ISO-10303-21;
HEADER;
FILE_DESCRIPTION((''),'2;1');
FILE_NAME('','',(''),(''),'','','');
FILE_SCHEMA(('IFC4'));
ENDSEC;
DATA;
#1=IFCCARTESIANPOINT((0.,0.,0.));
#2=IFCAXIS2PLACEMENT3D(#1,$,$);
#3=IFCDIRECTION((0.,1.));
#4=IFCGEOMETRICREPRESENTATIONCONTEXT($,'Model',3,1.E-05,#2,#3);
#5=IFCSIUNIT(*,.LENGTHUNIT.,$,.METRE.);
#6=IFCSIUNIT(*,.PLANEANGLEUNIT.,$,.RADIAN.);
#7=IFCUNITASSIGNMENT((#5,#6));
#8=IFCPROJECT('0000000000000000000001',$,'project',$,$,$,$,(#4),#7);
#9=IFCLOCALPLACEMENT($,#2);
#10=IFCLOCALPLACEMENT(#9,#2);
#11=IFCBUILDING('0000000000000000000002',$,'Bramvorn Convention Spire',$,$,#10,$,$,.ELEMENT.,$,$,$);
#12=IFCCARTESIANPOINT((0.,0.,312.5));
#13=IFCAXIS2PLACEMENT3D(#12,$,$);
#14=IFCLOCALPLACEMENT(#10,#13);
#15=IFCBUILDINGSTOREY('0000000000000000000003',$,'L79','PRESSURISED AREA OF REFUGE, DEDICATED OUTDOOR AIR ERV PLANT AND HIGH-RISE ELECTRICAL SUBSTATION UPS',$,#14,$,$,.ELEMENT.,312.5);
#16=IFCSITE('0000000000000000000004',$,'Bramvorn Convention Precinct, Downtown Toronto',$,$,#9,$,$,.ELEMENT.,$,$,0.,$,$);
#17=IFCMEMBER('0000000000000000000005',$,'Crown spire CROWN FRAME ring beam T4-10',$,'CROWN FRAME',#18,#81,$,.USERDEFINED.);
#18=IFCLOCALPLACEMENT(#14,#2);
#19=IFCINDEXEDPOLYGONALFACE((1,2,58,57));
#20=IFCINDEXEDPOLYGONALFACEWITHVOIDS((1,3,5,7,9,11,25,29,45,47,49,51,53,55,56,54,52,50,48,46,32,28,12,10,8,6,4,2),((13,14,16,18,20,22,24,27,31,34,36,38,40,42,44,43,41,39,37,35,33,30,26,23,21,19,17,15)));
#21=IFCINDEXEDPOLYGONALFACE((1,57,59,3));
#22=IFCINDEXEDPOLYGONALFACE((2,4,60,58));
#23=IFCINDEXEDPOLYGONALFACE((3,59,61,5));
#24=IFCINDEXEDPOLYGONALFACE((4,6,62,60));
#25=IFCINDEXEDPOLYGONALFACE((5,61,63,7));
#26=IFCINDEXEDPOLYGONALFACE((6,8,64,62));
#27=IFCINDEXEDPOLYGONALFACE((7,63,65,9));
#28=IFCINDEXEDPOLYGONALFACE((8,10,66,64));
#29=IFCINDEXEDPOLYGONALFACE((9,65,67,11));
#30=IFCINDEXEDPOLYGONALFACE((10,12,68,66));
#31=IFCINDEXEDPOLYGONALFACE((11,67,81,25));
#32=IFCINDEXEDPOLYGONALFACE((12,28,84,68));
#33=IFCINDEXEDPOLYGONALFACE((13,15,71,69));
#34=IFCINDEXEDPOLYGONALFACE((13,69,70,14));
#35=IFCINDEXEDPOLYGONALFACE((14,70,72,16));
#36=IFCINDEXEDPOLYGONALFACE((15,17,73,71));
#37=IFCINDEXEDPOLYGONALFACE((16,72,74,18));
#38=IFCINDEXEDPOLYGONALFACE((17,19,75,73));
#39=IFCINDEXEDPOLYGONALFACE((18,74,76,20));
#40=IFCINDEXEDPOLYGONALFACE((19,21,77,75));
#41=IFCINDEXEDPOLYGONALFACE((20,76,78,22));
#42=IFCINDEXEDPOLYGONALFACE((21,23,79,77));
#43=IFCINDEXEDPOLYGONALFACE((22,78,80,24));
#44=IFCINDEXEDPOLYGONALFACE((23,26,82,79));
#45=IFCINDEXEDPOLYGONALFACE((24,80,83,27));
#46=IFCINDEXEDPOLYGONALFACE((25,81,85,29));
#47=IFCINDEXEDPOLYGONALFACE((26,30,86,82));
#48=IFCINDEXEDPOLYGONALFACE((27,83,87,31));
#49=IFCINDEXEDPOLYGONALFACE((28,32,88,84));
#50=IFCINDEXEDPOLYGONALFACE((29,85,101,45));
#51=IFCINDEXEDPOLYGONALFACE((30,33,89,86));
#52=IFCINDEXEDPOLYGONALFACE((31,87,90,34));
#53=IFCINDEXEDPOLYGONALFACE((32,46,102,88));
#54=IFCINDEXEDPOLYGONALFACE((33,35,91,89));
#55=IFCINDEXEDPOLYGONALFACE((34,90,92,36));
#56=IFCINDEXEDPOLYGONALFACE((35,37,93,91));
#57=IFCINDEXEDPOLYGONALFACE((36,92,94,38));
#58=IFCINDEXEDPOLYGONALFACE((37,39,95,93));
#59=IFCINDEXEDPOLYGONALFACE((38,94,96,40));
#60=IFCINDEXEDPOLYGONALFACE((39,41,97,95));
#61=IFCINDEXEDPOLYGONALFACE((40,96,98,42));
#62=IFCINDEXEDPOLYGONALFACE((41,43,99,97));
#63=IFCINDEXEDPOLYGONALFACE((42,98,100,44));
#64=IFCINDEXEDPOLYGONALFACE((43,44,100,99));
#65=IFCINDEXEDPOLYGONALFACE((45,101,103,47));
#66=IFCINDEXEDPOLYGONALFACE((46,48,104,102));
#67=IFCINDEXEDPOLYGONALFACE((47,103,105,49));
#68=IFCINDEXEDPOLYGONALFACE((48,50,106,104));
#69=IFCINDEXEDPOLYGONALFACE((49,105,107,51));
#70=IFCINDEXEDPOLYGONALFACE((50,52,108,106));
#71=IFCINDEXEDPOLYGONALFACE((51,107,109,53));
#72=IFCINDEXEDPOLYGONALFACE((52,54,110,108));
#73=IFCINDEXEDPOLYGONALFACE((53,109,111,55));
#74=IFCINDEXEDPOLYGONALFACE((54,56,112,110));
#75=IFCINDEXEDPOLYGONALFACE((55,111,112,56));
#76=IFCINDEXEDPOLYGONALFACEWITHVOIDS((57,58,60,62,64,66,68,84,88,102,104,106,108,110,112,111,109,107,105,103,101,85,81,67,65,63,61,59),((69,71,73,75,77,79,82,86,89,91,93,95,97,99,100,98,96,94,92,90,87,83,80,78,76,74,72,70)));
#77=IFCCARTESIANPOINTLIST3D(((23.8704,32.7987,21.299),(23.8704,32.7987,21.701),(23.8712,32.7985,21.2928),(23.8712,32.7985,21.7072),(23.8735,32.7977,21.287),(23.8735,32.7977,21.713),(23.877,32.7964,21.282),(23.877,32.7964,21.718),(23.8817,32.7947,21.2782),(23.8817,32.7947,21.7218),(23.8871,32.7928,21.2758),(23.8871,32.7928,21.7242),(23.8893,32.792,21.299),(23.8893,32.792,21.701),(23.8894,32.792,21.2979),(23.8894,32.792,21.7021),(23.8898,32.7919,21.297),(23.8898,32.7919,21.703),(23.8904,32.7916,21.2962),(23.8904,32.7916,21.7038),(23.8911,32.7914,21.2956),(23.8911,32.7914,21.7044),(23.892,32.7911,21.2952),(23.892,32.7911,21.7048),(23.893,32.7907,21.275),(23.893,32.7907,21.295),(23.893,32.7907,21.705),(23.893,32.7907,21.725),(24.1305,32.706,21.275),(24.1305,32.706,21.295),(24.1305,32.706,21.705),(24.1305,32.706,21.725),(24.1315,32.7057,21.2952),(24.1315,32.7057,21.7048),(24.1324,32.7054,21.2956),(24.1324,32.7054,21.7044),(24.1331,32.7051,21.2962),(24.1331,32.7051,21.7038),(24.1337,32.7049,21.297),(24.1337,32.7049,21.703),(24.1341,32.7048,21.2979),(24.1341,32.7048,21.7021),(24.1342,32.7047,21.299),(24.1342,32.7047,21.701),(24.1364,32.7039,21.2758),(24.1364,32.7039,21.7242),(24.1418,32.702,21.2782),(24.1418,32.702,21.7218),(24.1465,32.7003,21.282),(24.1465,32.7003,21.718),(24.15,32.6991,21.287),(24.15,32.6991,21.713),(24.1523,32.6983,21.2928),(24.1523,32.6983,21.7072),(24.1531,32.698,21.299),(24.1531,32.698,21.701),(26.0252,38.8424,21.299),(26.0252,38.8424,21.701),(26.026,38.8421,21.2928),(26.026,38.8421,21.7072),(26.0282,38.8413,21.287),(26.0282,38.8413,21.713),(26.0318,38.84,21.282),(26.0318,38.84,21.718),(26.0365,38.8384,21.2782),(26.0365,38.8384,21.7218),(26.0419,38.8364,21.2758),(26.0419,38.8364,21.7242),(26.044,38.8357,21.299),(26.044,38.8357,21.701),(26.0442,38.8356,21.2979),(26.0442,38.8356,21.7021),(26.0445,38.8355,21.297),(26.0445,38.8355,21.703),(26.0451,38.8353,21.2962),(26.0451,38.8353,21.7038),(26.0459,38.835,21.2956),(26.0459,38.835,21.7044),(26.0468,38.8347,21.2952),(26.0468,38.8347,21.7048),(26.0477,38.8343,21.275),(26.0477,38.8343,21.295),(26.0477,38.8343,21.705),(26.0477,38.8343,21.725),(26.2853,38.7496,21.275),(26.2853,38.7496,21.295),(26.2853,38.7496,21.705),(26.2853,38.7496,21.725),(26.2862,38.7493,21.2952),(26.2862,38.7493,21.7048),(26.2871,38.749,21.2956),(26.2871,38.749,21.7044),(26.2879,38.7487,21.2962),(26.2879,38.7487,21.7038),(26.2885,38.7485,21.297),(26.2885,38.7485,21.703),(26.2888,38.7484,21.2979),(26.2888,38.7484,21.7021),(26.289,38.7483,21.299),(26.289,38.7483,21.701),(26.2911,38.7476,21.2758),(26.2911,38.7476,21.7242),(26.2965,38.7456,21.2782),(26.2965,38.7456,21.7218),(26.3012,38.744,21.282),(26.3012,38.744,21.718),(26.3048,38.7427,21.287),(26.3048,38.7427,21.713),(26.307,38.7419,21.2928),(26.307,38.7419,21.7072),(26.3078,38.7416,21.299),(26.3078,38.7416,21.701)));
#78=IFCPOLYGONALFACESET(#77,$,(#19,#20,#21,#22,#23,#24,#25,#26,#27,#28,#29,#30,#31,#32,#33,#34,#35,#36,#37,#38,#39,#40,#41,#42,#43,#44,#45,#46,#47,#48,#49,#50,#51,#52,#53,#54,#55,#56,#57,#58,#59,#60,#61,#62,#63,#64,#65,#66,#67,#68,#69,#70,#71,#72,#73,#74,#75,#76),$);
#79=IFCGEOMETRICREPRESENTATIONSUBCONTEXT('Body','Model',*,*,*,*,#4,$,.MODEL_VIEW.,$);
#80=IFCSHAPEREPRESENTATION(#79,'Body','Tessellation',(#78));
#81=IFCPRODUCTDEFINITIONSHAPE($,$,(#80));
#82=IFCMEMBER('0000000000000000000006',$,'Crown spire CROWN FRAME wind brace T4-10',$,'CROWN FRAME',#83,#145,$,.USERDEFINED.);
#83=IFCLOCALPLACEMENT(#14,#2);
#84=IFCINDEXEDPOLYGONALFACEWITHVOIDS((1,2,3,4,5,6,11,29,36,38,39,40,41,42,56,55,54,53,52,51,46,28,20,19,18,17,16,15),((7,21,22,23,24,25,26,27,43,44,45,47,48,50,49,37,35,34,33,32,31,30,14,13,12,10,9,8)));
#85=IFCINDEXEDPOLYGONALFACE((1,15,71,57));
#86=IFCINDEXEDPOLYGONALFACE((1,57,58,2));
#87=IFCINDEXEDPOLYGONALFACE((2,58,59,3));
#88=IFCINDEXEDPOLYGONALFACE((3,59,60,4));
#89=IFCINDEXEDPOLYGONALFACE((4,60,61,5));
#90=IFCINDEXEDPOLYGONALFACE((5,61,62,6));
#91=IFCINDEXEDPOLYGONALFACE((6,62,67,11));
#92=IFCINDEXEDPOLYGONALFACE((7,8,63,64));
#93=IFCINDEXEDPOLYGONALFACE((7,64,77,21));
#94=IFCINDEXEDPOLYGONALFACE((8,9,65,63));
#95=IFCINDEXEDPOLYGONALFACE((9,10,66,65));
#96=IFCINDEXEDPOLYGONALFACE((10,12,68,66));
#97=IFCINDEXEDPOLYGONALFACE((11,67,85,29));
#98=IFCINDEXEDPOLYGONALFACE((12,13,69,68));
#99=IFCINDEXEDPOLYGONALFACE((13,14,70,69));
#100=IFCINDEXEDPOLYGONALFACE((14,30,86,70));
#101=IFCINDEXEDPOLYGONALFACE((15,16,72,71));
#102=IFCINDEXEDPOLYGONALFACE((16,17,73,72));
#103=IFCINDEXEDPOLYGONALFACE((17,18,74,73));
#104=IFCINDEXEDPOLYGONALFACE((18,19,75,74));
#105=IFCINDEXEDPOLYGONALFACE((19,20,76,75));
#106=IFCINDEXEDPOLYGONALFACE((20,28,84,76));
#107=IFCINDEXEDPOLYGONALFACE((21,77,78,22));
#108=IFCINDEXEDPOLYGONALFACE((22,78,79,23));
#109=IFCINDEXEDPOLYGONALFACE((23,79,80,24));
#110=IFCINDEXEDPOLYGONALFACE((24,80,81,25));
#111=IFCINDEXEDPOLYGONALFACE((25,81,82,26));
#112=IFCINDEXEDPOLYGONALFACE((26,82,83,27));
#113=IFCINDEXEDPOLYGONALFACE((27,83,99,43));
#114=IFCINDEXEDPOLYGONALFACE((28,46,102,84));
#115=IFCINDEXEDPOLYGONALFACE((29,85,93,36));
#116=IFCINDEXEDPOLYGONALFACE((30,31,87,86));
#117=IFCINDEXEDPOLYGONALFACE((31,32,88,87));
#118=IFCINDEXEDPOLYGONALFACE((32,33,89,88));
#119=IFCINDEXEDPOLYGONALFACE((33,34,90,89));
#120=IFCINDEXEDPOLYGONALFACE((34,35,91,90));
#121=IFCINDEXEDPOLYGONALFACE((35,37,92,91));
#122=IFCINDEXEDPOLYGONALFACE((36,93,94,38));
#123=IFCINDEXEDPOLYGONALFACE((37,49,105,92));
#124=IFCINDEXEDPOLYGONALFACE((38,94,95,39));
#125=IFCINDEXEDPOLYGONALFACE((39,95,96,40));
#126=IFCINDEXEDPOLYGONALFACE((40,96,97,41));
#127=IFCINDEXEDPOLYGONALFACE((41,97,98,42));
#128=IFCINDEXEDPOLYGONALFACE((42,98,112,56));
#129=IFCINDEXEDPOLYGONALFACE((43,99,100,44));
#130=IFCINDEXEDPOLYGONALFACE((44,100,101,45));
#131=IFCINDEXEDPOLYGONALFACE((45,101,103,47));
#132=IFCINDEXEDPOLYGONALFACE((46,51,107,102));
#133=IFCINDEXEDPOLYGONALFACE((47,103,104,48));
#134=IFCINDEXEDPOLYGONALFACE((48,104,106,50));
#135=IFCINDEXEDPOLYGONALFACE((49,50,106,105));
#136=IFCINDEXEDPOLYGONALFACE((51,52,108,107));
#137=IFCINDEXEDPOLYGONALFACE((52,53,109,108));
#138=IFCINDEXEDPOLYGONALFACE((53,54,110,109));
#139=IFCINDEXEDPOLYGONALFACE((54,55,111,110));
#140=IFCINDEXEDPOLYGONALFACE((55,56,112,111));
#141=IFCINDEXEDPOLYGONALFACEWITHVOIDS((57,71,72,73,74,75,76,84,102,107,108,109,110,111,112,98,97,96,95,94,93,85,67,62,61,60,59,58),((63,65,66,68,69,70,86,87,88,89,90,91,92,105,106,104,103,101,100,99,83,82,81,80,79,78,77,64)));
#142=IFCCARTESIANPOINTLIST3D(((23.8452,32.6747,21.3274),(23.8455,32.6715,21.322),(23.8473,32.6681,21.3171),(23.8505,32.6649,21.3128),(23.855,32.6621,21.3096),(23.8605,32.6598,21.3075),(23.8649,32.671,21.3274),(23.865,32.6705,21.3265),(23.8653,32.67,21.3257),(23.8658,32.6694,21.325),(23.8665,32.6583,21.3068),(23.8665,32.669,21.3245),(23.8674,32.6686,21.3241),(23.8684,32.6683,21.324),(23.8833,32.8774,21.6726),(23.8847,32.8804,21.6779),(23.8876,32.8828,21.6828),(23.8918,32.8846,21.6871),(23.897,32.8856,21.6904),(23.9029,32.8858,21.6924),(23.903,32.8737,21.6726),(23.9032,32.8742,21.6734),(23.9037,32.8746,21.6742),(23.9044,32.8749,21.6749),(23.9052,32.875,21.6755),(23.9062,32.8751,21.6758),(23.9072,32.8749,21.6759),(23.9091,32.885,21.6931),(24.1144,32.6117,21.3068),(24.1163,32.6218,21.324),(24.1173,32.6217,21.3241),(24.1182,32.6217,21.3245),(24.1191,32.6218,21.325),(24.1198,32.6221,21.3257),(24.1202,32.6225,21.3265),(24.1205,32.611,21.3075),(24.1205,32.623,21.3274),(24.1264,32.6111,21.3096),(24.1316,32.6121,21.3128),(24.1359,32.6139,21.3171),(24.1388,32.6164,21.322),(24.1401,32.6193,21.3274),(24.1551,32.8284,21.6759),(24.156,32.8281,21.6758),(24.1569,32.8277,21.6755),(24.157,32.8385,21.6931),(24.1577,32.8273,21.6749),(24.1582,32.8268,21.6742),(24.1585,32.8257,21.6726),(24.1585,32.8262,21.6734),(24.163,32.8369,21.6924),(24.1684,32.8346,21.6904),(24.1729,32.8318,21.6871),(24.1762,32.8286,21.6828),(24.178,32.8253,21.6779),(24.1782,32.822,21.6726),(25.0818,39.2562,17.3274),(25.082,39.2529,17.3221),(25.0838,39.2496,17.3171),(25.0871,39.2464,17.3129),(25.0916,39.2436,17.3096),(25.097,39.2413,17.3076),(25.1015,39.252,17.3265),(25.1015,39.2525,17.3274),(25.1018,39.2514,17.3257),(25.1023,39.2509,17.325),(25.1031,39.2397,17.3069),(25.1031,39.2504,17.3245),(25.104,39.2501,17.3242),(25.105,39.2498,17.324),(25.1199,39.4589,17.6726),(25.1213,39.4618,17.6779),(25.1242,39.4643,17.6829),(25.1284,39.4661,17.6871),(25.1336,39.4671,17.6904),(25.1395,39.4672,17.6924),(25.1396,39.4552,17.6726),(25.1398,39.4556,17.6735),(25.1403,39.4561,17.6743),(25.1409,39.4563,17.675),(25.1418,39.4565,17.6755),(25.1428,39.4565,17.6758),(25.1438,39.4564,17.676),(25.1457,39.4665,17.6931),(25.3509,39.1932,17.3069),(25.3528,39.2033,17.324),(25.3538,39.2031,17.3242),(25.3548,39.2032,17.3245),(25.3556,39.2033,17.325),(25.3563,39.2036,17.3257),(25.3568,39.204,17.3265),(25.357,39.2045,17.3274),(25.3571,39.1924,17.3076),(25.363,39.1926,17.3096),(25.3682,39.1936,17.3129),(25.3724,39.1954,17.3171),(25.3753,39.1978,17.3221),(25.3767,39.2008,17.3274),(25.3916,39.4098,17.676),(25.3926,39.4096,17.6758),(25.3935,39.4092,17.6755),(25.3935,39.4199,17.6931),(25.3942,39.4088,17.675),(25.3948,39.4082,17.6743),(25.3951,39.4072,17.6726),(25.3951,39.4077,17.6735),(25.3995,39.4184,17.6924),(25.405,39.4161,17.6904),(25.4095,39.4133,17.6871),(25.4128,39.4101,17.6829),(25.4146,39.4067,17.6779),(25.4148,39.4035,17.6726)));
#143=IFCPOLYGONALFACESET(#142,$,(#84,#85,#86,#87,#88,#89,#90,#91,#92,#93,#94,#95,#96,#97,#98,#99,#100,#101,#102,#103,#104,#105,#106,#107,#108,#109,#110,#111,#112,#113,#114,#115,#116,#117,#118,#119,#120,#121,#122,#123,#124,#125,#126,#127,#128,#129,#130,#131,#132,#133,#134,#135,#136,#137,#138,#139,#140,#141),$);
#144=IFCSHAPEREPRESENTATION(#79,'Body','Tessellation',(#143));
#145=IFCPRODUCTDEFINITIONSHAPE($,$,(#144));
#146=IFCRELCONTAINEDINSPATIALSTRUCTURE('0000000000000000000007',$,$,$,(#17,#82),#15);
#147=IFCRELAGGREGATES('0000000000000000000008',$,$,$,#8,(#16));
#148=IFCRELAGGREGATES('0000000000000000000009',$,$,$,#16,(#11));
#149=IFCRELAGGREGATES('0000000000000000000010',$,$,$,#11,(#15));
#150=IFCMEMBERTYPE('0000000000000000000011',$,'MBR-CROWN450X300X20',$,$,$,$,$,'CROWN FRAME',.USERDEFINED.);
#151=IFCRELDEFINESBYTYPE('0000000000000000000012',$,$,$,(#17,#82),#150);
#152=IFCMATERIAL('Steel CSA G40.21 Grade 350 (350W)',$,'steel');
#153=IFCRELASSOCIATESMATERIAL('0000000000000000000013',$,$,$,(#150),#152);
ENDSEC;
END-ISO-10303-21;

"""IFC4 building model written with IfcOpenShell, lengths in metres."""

from ifc_helpers import new_model, si_unit, direction, frame, origin, origin_2d, place, context, subcontext, project, spatial, hollow_rectangle, extrude, material, material_profile, profile_set, type_object, element, save


model = new_model("IFC4")

# Units and contexts
model_context = context("Model", 3, precision=1e-05, world=origin(), true_north=direction((0.0, 1.0)))
body_context = subcontext(model_context, "Body", "Model", "MODEL_VIEW")
ifc_project = project(units=[si_unit("LENGTHUNIT", "METRE"), si_unit("PLANEANGLEUNIT", "RADIAN")], contexts=[model_context])

# Site, building, storey
site_placement = place(None, origin())
site = spatial("IfcSite", under=ifc_project, at=site_placement, Name="Bramvorn Convention Precinct, Downtown Toronto", CompositionType="ELEMENT", RefElevation=0.0)
building_placement = place(site_placement, origin())
building = spatial("IfcBuilding", under=site, at=building_placement, Name="Bramvorn Convention Spire", CompositionType="ELEMENT")
storey_placement = place(building_placement, frame((0.0, 0.0, 312.5)))
storey = spatial("IfcBuildingStorey", under=building, at=storey_placement, Name="L79", Description="PRESSURISED AREA OF REFUGE, DEDICATED OUTDOOR AIR ERV PLANT AND HIGH-RISE ELECTRICAL SUBSTATION UPS", CompositionType="ELEMENT", Elevation=312.5)

# Members
ifc_material_1 = material(Name="Steel CSA G40.21 Grade 350 (350W)", Category="steel")
ifc_material_profile = material_profile(ifc_material_1, hollow_rectangle(XDim=0.3, YDim=0.45, WallThickness=0.02, InnerFilletRadius=0.0039, OuterFilletRadius=0.0239, at=origin_2d()))
ifc_profile_set = profile_set([ifc_material_profile], Name="Steel CSA G40.21 Grade 350 (350W) - CROWN450X300X20")
member_type = type_object("IfcMemberType", Name="MBR-CROWN450X300X20", ElementType="CROWN FRAME", PredefinedType="USERDEFINED", material=ifc_profile_set)
member_1_placement = place(storey_placement, frame((26.1665, 38.792, 21.5), z_axis=(-0.335828, -0.941923, 0.0), x_axis=(0.941923, -0.335828, 0.0)))
element("IfcMember", 1, at=member_1_placement, inside=storey, type_object=member_type, Name="Crown spire CROWN FRAME ring beam T4-10", ObjectType="CROWN FRAME", PredefinedType="USERDEFINED", context=body_context, shape_type="SweptSolid", body=[
    extrude(hollow_rectangle(XDim=0.3, YDim=0.45, WallThickness=0.02, InnerFilletRadius=0.0039, OuterFilletRadius=0.0239, at=origin_2d()), origin(), (0.0, 0.0, 1.0), 6.4163),
])
member_2_placement = place(storey_placement, frame((25.2483, 39.3298, 17.5), z_axis=(-0.158527, -0.843747, 0.512796), x_axis=(0.982804, -0.184654, 0.0)))
element("IfcMember", 2, at=member_2_placement, inside=storey, type_object=member_type, Name="Crown spire CROWN FRAME wind brace T4-10", ObjectType="CROWN FRAME", PredefinedType="USERDEFINED", context=body_context, shape_type="SweptSolid", body=[
    extrude(hollow_rectangle(XDim=0.3, YDim=0.45, WallThickness=0.02, InnerFilletRadius=0.0039, OuterFilletRadius=0.0239, at=origin_2d()), origin(), (0.0, 0.0, 1.0), 7.8003),
])

save(model, "model.ifc")
